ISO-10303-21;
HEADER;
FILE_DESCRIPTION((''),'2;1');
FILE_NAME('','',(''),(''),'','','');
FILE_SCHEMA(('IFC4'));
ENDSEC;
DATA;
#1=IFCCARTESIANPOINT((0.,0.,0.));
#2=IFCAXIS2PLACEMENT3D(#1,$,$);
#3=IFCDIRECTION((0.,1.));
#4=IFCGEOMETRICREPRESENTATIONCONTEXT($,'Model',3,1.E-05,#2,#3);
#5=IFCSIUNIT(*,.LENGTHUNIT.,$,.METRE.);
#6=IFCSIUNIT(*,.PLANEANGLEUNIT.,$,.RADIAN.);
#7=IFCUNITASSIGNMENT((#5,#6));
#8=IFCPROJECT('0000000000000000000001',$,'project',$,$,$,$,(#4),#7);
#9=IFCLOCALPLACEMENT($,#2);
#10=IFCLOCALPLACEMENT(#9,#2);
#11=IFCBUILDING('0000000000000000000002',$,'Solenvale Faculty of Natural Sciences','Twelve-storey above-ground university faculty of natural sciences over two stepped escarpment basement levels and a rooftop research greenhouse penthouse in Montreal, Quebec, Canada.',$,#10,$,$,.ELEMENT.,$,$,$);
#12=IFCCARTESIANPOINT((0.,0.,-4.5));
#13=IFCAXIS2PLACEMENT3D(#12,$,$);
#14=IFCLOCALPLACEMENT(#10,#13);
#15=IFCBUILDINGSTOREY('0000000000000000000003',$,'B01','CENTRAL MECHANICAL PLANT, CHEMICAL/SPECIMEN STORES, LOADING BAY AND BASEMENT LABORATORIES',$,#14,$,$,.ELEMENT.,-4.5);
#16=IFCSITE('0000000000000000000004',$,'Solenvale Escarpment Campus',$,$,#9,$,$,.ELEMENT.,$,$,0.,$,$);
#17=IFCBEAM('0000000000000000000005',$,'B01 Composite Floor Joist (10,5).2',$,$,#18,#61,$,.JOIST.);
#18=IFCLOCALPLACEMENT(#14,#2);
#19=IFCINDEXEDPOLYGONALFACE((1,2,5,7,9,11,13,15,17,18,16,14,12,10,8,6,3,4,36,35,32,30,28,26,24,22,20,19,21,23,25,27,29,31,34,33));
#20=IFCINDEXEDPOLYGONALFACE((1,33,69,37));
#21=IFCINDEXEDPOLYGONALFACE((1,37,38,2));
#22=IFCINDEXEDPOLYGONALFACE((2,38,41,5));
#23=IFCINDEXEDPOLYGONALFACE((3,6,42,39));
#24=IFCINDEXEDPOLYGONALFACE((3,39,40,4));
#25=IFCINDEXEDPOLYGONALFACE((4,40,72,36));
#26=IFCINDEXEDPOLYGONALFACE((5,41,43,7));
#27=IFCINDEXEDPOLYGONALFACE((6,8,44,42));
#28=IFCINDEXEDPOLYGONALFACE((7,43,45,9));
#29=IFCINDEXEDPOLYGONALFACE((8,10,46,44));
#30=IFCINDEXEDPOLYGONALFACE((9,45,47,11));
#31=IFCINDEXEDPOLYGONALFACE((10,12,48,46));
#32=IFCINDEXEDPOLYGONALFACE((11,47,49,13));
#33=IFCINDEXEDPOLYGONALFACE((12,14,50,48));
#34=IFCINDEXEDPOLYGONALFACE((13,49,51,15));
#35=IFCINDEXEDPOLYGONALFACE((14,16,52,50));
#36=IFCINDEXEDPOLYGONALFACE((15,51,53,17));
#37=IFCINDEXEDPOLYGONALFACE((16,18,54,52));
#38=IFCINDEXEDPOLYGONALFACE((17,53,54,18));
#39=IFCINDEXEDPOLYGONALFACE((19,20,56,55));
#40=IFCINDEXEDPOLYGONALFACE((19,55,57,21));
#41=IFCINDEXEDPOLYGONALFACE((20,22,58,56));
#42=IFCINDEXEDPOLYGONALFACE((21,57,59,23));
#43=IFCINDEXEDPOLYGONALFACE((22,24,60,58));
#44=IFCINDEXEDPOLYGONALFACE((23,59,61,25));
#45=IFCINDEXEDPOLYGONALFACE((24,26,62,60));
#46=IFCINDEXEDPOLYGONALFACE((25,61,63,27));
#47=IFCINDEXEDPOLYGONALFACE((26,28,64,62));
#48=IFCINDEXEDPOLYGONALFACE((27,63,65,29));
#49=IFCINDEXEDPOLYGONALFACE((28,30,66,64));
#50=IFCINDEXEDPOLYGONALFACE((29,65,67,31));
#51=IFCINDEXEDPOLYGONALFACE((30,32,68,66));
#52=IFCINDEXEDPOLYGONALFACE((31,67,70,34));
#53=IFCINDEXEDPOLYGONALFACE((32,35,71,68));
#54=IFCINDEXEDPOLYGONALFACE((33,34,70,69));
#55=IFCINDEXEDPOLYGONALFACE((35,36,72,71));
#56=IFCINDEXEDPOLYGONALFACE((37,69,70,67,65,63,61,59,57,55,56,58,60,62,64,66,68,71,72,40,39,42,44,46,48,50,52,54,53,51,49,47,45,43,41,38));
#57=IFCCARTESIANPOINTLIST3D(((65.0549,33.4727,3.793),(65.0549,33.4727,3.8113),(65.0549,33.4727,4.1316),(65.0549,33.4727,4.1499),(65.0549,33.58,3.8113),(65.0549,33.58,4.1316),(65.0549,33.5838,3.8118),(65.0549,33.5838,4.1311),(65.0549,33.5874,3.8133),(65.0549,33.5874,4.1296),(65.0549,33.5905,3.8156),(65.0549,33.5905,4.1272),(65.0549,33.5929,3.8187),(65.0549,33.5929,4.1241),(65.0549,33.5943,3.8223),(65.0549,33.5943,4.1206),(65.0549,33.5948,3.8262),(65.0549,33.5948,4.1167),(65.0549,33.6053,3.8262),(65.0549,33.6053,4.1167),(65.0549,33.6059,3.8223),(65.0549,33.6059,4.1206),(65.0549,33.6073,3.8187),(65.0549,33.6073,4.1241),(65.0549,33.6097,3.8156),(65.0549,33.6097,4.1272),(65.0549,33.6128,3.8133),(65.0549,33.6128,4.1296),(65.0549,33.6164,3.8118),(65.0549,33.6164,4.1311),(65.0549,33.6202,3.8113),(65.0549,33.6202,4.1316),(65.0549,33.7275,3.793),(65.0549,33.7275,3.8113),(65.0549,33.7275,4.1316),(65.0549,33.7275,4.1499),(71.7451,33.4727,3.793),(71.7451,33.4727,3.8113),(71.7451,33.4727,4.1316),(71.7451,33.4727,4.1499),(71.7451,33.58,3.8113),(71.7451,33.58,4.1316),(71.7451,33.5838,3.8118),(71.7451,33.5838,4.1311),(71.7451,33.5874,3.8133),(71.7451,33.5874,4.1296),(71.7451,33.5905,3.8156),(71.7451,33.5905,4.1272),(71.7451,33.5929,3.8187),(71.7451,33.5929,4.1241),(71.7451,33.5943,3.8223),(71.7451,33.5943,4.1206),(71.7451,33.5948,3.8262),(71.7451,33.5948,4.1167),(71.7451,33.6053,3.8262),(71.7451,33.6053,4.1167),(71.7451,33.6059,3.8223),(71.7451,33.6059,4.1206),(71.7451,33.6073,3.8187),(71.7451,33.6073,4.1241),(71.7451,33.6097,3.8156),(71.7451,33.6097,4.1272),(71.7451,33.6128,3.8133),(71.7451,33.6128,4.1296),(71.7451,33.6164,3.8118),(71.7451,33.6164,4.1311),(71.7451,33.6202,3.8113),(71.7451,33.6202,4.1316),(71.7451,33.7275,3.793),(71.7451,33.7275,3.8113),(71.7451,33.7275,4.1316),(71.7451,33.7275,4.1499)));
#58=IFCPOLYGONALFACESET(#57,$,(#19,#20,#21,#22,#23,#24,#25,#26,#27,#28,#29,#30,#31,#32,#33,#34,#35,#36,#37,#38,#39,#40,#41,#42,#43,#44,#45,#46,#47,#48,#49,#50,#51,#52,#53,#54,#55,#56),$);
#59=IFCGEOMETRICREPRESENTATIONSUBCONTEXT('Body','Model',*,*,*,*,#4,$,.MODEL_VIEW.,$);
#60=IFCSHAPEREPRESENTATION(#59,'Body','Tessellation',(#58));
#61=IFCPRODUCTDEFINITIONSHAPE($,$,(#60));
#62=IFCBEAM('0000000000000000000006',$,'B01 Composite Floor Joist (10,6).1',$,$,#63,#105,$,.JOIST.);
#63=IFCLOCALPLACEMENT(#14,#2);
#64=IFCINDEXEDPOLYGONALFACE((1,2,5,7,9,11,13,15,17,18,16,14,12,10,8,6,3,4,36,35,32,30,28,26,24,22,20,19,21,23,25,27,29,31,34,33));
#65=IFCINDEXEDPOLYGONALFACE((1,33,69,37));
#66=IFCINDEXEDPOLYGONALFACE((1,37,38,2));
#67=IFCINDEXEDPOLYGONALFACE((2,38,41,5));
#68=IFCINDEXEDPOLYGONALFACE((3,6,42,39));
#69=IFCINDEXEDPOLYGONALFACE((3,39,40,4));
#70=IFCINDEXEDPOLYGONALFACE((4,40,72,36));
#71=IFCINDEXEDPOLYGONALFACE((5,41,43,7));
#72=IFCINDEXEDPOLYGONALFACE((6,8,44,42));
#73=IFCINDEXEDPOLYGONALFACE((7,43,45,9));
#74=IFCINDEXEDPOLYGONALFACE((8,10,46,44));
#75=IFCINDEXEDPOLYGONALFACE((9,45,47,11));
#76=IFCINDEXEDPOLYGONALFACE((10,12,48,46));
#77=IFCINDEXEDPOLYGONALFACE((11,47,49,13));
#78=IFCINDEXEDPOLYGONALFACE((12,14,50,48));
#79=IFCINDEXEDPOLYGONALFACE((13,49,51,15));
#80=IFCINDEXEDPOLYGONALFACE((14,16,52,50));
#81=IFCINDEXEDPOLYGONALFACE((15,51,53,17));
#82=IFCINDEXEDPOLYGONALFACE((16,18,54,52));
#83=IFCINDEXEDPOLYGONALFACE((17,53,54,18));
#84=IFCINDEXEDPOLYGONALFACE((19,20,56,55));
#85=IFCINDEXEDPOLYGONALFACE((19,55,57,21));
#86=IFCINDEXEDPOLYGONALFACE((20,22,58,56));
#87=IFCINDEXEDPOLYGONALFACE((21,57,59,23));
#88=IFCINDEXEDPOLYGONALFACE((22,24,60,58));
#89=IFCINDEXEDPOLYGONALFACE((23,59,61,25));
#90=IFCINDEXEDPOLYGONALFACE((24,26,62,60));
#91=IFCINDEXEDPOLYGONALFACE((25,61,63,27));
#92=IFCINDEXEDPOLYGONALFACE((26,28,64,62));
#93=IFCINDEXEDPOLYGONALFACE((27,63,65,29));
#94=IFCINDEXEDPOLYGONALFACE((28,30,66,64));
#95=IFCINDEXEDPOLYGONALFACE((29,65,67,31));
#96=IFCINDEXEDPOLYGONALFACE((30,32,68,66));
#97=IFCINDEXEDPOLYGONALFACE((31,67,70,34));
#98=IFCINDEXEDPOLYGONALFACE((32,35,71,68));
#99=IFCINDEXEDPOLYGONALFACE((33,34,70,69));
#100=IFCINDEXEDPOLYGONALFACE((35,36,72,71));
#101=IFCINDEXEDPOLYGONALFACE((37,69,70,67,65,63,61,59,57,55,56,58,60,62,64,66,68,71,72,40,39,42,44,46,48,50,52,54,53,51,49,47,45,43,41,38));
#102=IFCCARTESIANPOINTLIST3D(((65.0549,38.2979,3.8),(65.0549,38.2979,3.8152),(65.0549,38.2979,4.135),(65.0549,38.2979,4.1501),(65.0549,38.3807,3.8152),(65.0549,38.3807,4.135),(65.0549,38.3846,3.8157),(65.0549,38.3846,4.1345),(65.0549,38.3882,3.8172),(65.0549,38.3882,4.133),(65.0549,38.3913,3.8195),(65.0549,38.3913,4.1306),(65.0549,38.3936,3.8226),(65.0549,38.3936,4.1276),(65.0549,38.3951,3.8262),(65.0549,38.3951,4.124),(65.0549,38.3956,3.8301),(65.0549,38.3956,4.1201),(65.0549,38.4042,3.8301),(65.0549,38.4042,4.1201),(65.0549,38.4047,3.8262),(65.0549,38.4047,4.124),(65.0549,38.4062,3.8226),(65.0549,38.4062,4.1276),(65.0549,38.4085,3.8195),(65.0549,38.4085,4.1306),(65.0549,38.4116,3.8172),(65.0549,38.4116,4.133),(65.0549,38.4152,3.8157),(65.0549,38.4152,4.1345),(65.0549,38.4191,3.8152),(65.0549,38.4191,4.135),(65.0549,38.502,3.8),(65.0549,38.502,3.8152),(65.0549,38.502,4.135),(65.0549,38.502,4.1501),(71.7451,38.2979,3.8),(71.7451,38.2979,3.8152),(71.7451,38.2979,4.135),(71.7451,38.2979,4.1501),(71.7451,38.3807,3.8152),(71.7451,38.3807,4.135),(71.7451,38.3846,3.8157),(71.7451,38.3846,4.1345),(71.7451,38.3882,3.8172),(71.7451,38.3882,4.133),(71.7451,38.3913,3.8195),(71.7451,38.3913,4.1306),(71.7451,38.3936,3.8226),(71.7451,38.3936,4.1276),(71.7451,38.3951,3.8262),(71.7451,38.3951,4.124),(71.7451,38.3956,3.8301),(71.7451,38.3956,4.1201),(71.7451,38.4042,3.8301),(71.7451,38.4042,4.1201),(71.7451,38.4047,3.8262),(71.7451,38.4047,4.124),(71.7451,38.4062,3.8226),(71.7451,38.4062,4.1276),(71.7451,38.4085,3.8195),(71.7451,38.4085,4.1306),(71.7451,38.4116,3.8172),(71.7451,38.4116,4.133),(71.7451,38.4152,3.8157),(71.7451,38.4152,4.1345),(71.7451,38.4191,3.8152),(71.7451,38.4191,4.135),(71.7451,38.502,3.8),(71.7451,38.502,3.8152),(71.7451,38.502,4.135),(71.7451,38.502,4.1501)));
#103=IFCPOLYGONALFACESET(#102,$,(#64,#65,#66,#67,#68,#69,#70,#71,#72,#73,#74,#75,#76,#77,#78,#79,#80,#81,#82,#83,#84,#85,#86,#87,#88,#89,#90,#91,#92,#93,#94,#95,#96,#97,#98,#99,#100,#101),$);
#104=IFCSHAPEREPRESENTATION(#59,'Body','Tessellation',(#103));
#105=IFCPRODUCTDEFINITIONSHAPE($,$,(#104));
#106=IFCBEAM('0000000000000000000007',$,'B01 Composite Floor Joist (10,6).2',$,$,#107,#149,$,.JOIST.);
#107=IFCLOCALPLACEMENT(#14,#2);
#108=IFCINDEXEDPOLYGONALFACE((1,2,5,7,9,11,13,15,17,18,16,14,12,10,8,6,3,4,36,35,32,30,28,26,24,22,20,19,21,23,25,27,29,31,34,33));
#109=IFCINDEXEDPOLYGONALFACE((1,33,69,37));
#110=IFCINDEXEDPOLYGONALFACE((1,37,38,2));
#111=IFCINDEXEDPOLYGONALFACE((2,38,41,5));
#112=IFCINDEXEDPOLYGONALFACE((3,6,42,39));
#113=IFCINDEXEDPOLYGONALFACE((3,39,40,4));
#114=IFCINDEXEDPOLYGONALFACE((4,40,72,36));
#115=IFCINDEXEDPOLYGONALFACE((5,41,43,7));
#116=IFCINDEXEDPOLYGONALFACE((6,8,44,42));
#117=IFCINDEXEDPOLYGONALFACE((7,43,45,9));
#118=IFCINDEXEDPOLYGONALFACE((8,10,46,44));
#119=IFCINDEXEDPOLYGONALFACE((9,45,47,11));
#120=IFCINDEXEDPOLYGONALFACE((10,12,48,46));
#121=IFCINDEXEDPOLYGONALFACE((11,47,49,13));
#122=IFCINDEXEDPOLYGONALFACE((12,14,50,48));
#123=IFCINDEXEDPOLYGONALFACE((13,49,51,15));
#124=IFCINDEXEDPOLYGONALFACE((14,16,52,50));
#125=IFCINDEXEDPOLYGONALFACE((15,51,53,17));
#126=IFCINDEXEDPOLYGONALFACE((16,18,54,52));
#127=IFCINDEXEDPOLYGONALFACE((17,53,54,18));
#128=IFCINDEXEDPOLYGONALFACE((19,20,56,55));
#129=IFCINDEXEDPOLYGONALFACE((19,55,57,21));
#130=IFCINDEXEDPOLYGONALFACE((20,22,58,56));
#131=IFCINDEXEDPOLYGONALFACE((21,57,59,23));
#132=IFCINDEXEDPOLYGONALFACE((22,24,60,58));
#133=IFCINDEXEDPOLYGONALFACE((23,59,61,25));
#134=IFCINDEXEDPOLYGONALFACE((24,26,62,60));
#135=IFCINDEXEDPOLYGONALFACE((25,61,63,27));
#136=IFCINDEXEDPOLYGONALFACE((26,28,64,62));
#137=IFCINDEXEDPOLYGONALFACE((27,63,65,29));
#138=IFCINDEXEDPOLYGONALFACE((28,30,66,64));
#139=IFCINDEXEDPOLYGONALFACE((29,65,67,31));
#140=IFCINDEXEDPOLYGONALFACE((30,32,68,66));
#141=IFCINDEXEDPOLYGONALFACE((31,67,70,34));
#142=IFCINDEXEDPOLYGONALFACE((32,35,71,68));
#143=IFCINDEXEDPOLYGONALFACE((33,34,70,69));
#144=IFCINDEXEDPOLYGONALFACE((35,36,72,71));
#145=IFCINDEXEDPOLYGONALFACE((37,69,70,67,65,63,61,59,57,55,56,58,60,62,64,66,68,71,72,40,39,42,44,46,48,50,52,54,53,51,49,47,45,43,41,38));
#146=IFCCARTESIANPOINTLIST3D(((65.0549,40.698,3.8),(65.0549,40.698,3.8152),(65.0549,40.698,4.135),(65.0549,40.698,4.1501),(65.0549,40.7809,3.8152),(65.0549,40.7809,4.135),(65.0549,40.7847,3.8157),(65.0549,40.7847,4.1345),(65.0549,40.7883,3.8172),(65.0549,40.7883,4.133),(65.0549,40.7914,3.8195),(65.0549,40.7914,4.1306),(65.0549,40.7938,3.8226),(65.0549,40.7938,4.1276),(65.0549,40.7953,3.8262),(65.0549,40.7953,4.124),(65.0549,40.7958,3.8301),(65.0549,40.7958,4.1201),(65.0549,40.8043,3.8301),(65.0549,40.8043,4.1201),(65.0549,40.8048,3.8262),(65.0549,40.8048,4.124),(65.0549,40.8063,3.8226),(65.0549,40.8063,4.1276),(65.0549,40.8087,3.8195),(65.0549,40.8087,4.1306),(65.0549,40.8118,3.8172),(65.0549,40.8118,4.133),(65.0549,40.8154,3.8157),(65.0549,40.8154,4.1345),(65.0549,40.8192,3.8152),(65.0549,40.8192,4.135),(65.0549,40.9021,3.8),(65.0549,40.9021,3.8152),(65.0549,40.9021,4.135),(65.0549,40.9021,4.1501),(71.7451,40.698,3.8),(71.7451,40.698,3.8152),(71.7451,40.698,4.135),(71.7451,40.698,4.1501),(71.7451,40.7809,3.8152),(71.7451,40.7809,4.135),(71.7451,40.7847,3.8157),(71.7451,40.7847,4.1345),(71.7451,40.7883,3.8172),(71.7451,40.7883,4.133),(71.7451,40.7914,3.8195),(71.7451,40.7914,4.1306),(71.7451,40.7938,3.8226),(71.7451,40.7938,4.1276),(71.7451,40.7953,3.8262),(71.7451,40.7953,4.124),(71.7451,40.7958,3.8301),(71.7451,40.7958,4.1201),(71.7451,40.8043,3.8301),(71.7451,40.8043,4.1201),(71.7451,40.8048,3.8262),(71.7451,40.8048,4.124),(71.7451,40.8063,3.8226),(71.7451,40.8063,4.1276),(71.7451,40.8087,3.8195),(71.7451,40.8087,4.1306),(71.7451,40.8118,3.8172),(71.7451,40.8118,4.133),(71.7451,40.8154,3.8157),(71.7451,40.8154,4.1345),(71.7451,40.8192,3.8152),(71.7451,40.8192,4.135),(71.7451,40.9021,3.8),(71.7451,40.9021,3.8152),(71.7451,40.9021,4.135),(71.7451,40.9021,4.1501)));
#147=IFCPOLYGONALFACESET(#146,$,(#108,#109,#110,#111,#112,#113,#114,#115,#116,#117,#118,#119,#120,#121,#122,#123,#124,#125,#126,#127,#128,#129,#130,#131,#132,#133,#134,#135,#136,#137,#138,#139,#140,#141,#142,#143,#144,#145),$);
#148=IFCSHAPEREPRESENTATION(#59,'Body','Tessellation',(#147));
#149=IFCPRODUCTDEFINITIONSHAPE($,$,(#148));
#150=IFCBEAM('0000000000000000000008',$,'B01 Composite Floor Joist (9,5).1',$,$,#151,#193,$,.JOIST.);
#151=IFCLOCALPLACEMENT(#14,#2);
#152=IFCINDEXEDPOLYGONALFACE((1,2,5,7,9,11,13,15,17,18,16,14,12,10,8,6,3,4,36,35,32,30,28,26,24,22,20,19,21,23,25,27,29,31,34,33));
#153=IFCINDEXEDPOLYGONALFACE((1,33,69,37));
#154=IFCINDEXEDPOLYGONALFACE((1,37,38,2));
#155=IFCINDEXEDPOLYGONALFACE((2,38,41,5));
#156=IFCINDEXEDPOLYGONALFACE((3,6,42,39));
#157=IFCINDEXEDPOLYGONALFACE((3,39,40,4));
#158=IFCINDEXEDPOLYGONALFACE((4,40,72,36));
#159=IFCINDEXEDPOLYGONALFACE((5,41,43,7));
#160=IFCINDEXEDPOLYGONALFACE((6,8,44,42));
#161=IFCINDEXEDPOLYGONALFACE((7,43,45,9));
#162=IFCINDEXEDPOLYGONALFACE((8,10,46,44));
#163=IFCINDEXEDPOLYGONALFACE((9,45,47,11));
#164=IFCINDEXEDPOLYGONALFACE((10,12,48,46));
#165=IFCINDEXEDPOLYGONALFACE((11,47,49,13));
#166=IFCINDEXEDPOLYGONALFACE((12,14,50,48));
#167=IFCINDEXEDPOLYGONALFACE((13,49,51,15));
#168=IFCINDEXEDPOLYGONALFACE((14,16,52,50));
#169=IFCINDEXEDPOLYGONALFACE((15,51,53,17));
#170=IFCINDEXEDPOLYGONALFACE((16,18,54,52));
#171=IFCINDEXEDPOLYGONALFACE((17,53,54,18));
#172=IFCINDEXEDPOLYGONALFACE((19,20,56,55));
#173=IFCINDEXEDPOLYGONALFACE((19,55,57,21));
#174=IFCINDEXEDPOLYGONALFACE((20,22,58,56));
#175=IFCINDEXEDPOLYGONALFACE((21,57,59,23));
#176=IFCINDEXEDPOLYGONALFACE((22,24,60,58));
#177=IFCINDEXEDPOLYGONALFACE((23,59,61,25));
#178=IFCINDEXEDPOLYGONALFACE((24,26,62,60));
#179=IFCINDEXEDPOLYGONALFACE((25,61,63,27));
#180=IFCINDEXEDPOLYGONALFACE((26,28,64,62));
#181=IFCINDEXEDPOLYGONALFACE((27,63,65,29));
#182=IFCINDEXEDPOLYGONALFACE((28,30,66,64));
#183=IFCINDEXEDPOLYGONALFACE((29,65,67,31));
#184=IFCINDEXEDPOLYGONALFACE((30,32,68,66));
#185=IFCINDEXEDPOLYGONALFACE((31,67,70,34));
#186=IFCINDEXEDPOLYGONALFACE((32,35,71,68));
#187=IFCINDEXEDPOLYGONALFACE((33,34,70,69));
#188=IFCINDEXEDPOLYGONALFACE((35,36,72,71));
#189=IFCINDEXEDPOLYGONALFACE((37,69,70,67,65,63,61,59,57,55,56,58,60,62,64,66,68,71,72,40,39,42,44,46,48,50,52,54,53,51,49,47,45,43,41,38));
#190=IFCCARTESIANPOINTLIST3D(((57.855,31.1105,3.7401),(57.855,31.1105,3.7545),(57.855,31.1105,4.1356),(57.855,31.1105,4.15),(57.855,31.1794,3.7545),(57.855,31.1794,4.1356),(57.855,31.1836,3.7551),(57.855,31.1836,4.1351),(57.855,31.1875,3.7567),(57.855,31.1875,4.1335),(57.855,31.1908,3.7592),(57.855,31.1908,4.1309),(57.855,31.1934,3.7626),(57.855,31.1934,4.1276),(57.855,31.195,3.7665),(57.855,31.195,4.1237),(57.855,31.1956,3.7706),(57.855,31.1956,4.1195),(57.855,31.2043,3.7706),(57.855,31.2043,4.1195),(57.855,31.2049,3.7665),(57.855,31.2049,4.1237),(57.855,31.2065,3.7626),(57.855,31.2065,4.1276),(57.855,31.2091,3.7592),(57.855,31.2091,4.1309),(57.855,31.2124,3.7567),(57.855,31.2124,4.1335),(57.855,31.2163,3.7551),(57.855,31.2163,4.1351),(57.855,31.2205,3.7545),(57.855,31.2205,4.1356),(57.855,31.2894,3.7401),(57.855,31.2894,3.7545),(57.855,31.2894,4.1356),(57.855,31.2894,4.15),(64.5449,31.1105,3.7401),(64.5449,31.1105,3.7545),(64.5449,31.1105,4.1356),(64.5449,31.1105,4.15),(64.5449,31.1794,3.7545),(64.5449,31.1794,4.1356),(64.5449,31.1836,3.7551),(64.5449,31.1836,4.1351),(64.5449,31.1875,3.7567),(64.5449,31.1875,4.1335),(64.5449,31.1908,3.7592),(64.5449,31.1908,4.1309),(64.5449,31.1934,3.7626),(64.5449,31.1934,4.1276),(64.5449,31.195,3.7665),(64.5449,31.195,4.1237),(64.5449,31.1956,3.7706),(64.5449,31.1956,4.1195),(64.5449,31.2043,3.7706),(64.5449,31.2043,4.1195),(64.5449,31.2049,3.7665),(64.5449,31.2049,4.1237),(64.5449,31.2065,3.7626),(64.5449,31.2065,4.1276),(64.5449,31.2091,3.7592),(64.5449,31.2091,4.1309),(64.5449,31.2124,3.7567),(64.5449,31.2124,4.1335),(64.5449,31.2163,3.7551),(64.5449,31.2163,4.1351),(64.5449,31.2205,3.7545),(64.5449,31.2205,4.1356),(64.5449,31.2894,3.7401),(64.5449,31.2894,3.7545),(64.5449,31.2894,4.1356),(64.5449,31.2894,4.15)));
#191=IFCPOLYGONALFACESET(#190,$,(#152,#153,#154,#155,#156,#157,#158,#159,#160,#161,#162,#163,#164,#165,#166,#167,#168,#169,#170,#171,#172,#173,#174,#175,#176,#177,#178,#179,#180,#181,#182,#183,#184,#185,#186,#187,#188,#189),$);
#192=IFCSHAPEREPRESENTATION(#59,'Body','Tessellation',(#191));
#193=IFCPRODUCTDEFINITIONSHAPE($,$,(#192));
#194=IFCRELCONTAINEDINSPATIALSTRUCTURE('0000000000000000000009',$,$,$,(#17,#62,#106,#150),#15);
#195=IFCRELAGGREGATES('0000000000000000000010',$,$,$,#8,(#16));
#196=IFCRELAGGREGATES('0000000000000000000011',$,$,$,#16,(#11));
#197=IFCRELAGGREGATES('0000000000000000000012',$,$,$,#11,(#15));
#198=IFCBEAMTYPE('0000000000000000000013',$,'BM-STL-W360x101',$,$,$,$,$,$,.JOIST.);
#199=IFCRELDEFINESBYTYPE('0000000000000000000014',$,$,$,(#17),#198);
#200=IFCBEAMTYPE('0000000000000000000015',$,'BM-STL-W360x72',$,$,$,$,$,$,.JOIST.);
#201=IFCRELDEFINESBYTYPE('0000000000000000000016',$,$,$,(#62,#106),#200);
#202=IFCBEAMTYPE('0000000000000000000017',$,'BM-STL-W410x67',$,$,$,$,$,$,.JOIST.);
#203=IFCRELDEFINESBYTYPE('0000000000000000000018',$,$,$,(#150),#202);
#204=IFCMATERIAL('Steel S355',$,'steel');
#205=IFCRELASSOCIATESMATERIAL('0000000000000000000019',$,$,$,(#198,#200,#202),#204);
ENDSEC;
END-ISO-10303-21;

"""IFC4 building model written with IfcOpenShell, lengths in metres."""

from ifc_helpers import new_model, si_unit, direction, frame, origin, origin_2d, place, context, subcontext, project, spatial, i_section, extrude, material, material_profile, profile_set, type_object, element, save


model = new_model("IFC4")

# Units and contexts
model_context = context("Model", 3, precision=1e-05, world=origin(), true_north=direction((0.0, 1.0)))
body_context = subcontext(model_context, "Body", "Model", "MODEL_VIEW")
ifc_project = project(units=[si_unit("LENGTHUNIT", "METRE"), si_unit("PLANEANGLEUNIT", "RADIAN")], contexts=[model_context])

# Site, building, storey
site_placement = place(None, origin())
site = spatial("IfcSite", under=ifc_project, at=site_placement, Name="Solenvale Escarpment Campus", CompositionType="ELEMENT", RefElevation=0.0)
building_placement = place(site_placement, origin())
building = spatial("IfcBuilding", under=site, at=building_placement, Name="Solenvale Faculty of Natural Sciences", Description="Twelve-storey above-ground university faculty of natural sciences over two stepped escarpment basement levels and a rooftop research greenhouse penthouse in Montreal, Quebec, Canada.", CompositionType="ELEMENT")
storey_placement = place(building_placement, frame((0.0, 0.0, -4.5)))
storey = spatial("IfcBuildingStorey", under=building, at=storey_placement, Name="B01", Description="CENTRAL MECHANICAL PLANT, CHEMICAL/SPECIMEN STORES, LOADING BAY AND BASEMENT LABORATORIES", CompositionType="ELEMENT", Elevation=-4.5)

# Beams
ifc_material_1 = material(Name="Steel S355", Category="steel")
ifc_material_profile_1 = material_profile(ifc_material_1, i_section(OverallWidth=0.2549, OverallDepth=0.3569, WebThickness=0.0105, FlangeThickness=0.0183, FilletRadius=0.0149, at=origin_2d()), Name="W360x101")
ifc_profile_set_1 = profile_set([ifc_material_profile_1], Name="Steel S355")
beam_type_1 = type_object("IfcBeamType", Name="BM-STL-W360x101", PredefinedType="JOIST", material=ifc_profile_set_1)
for number, where, z_axis, x_axis, name in (
    (1, (65.0549, 33.6001, 3.9714), (1.0, 0.0, 0.0), (0.0, 1.0, 0.0), "B01 Composite Floor Joist (10,5).2"),
):
    element("IfcBeam", number, at=place(storey_placement, frame(where, z_axis=z_axis, x_axis=x_axis)), inside=storey, type_object=beam_type_1, Name=name, PredefinedType="JOIST", context=body_context, shape_type="SweptSolid", body=[
        extrude(i_section(OverallWidth=0.2549, OverallDepth=0.3569, WebThickness=0.0105, FlangeThickness=0.0183, FilletRadius=0.0149, at=origin_2d()), origin(), (0.0, 0.0, 1.0), 6.6902),
    ])
ifc_material_profile_2 = material_profile(ifc_material_1, i_section(OverallWidth=0.2041, OverallDepth=0.3501, WebThickness=0.0085, FlangeThickness=0.0151, FilletRadius=0.0149, at=origin_2d()), Name="W360x72")
ifc_profile_set_2 = profile_set([ifc_material_profile_2], Name="Steel S355")
beam_type_2 = type_object("IfcBeamType", Name="BM-STL-W360x72", PredefinedType="JOIST", material=ifc_profile_set_2)
for number, where, z_axis, x_axis, name in (
    (2, (65.0549, 38.3999, 3.9751), (1.0, 0.0, 0.0), (0.0, 1.0, 0.0), "B01 Composite Floor Joist (10,6).1"),
    (3, (65.0549, 40.8, 3.9751), (1.0, 0.0, 0.0), (0.0, 1.0, 0.0), "B01 Composite Floor Joist (10,6).2"),
):
    element("IfcBeam", number, at=place(storey_placement, frame(where, z_axis=z_axis, x_axis=x_axis)), inside=storey, type_object=beam_type_2, Name=name, PredefinedType="JOIST", context=body_context, shape_type="SweptSolid", body=[
        extrude(i_section(OverallWidth=0.2041, OverallDepth=0.3501, WebThickness=0.0085, FlangeThickness=0.0151, FilletRadius=0.0149, at=origin_2d()), origin(), (0.0, 0.0, 1.0), 6.6902),
    ])
ifc_material_profile_3 = material_profile(ifc_material_1, i_section(OverallWidth=0.179, OverallDepth=0.4099, WebThickness=0.0088, FlangeThickness=0.0144, FilletRadius=0.0161, at=origin_2d()), Name="W410x67")
ifc_profile_set_3 = profile_set([ifc_material_profile_3], Name="Steel S355")
beam_type_3 = type_object("IfcBeamType", Name="BM-STL-W410x67", PredefinedType="JOIST", material=ifc_profile_set_3)
for number, where, z_axis, x_axis, name in (
    (4, (57.855, 31.2, 3.9451), (1.0, 0.0, 0.0), (0.0, 1.0, 0.0), "B01 Composite Floor Joist (9,5).1"),
):
    element("IfcBeam", number, at=place(storey_placement, frame(where, z_axis=z_axis, x_axis=x_axis)), inside=storey, type_object=beam_type_3, Name=name, PredefinedType="JOIST", context=body_context, shape_type="SweptSolid", body=[
        extrude(i_section(OverallWidth=0.179, OverallDepth=0.4099, WebThickness=0.0088, FlangeThickness=0.0144, FilletRadius=0.0161, at=origin_2d()), origin(), (0.0, 0.0, 1.0), 6.6899),
    ])

save(model, "model.ifc")
